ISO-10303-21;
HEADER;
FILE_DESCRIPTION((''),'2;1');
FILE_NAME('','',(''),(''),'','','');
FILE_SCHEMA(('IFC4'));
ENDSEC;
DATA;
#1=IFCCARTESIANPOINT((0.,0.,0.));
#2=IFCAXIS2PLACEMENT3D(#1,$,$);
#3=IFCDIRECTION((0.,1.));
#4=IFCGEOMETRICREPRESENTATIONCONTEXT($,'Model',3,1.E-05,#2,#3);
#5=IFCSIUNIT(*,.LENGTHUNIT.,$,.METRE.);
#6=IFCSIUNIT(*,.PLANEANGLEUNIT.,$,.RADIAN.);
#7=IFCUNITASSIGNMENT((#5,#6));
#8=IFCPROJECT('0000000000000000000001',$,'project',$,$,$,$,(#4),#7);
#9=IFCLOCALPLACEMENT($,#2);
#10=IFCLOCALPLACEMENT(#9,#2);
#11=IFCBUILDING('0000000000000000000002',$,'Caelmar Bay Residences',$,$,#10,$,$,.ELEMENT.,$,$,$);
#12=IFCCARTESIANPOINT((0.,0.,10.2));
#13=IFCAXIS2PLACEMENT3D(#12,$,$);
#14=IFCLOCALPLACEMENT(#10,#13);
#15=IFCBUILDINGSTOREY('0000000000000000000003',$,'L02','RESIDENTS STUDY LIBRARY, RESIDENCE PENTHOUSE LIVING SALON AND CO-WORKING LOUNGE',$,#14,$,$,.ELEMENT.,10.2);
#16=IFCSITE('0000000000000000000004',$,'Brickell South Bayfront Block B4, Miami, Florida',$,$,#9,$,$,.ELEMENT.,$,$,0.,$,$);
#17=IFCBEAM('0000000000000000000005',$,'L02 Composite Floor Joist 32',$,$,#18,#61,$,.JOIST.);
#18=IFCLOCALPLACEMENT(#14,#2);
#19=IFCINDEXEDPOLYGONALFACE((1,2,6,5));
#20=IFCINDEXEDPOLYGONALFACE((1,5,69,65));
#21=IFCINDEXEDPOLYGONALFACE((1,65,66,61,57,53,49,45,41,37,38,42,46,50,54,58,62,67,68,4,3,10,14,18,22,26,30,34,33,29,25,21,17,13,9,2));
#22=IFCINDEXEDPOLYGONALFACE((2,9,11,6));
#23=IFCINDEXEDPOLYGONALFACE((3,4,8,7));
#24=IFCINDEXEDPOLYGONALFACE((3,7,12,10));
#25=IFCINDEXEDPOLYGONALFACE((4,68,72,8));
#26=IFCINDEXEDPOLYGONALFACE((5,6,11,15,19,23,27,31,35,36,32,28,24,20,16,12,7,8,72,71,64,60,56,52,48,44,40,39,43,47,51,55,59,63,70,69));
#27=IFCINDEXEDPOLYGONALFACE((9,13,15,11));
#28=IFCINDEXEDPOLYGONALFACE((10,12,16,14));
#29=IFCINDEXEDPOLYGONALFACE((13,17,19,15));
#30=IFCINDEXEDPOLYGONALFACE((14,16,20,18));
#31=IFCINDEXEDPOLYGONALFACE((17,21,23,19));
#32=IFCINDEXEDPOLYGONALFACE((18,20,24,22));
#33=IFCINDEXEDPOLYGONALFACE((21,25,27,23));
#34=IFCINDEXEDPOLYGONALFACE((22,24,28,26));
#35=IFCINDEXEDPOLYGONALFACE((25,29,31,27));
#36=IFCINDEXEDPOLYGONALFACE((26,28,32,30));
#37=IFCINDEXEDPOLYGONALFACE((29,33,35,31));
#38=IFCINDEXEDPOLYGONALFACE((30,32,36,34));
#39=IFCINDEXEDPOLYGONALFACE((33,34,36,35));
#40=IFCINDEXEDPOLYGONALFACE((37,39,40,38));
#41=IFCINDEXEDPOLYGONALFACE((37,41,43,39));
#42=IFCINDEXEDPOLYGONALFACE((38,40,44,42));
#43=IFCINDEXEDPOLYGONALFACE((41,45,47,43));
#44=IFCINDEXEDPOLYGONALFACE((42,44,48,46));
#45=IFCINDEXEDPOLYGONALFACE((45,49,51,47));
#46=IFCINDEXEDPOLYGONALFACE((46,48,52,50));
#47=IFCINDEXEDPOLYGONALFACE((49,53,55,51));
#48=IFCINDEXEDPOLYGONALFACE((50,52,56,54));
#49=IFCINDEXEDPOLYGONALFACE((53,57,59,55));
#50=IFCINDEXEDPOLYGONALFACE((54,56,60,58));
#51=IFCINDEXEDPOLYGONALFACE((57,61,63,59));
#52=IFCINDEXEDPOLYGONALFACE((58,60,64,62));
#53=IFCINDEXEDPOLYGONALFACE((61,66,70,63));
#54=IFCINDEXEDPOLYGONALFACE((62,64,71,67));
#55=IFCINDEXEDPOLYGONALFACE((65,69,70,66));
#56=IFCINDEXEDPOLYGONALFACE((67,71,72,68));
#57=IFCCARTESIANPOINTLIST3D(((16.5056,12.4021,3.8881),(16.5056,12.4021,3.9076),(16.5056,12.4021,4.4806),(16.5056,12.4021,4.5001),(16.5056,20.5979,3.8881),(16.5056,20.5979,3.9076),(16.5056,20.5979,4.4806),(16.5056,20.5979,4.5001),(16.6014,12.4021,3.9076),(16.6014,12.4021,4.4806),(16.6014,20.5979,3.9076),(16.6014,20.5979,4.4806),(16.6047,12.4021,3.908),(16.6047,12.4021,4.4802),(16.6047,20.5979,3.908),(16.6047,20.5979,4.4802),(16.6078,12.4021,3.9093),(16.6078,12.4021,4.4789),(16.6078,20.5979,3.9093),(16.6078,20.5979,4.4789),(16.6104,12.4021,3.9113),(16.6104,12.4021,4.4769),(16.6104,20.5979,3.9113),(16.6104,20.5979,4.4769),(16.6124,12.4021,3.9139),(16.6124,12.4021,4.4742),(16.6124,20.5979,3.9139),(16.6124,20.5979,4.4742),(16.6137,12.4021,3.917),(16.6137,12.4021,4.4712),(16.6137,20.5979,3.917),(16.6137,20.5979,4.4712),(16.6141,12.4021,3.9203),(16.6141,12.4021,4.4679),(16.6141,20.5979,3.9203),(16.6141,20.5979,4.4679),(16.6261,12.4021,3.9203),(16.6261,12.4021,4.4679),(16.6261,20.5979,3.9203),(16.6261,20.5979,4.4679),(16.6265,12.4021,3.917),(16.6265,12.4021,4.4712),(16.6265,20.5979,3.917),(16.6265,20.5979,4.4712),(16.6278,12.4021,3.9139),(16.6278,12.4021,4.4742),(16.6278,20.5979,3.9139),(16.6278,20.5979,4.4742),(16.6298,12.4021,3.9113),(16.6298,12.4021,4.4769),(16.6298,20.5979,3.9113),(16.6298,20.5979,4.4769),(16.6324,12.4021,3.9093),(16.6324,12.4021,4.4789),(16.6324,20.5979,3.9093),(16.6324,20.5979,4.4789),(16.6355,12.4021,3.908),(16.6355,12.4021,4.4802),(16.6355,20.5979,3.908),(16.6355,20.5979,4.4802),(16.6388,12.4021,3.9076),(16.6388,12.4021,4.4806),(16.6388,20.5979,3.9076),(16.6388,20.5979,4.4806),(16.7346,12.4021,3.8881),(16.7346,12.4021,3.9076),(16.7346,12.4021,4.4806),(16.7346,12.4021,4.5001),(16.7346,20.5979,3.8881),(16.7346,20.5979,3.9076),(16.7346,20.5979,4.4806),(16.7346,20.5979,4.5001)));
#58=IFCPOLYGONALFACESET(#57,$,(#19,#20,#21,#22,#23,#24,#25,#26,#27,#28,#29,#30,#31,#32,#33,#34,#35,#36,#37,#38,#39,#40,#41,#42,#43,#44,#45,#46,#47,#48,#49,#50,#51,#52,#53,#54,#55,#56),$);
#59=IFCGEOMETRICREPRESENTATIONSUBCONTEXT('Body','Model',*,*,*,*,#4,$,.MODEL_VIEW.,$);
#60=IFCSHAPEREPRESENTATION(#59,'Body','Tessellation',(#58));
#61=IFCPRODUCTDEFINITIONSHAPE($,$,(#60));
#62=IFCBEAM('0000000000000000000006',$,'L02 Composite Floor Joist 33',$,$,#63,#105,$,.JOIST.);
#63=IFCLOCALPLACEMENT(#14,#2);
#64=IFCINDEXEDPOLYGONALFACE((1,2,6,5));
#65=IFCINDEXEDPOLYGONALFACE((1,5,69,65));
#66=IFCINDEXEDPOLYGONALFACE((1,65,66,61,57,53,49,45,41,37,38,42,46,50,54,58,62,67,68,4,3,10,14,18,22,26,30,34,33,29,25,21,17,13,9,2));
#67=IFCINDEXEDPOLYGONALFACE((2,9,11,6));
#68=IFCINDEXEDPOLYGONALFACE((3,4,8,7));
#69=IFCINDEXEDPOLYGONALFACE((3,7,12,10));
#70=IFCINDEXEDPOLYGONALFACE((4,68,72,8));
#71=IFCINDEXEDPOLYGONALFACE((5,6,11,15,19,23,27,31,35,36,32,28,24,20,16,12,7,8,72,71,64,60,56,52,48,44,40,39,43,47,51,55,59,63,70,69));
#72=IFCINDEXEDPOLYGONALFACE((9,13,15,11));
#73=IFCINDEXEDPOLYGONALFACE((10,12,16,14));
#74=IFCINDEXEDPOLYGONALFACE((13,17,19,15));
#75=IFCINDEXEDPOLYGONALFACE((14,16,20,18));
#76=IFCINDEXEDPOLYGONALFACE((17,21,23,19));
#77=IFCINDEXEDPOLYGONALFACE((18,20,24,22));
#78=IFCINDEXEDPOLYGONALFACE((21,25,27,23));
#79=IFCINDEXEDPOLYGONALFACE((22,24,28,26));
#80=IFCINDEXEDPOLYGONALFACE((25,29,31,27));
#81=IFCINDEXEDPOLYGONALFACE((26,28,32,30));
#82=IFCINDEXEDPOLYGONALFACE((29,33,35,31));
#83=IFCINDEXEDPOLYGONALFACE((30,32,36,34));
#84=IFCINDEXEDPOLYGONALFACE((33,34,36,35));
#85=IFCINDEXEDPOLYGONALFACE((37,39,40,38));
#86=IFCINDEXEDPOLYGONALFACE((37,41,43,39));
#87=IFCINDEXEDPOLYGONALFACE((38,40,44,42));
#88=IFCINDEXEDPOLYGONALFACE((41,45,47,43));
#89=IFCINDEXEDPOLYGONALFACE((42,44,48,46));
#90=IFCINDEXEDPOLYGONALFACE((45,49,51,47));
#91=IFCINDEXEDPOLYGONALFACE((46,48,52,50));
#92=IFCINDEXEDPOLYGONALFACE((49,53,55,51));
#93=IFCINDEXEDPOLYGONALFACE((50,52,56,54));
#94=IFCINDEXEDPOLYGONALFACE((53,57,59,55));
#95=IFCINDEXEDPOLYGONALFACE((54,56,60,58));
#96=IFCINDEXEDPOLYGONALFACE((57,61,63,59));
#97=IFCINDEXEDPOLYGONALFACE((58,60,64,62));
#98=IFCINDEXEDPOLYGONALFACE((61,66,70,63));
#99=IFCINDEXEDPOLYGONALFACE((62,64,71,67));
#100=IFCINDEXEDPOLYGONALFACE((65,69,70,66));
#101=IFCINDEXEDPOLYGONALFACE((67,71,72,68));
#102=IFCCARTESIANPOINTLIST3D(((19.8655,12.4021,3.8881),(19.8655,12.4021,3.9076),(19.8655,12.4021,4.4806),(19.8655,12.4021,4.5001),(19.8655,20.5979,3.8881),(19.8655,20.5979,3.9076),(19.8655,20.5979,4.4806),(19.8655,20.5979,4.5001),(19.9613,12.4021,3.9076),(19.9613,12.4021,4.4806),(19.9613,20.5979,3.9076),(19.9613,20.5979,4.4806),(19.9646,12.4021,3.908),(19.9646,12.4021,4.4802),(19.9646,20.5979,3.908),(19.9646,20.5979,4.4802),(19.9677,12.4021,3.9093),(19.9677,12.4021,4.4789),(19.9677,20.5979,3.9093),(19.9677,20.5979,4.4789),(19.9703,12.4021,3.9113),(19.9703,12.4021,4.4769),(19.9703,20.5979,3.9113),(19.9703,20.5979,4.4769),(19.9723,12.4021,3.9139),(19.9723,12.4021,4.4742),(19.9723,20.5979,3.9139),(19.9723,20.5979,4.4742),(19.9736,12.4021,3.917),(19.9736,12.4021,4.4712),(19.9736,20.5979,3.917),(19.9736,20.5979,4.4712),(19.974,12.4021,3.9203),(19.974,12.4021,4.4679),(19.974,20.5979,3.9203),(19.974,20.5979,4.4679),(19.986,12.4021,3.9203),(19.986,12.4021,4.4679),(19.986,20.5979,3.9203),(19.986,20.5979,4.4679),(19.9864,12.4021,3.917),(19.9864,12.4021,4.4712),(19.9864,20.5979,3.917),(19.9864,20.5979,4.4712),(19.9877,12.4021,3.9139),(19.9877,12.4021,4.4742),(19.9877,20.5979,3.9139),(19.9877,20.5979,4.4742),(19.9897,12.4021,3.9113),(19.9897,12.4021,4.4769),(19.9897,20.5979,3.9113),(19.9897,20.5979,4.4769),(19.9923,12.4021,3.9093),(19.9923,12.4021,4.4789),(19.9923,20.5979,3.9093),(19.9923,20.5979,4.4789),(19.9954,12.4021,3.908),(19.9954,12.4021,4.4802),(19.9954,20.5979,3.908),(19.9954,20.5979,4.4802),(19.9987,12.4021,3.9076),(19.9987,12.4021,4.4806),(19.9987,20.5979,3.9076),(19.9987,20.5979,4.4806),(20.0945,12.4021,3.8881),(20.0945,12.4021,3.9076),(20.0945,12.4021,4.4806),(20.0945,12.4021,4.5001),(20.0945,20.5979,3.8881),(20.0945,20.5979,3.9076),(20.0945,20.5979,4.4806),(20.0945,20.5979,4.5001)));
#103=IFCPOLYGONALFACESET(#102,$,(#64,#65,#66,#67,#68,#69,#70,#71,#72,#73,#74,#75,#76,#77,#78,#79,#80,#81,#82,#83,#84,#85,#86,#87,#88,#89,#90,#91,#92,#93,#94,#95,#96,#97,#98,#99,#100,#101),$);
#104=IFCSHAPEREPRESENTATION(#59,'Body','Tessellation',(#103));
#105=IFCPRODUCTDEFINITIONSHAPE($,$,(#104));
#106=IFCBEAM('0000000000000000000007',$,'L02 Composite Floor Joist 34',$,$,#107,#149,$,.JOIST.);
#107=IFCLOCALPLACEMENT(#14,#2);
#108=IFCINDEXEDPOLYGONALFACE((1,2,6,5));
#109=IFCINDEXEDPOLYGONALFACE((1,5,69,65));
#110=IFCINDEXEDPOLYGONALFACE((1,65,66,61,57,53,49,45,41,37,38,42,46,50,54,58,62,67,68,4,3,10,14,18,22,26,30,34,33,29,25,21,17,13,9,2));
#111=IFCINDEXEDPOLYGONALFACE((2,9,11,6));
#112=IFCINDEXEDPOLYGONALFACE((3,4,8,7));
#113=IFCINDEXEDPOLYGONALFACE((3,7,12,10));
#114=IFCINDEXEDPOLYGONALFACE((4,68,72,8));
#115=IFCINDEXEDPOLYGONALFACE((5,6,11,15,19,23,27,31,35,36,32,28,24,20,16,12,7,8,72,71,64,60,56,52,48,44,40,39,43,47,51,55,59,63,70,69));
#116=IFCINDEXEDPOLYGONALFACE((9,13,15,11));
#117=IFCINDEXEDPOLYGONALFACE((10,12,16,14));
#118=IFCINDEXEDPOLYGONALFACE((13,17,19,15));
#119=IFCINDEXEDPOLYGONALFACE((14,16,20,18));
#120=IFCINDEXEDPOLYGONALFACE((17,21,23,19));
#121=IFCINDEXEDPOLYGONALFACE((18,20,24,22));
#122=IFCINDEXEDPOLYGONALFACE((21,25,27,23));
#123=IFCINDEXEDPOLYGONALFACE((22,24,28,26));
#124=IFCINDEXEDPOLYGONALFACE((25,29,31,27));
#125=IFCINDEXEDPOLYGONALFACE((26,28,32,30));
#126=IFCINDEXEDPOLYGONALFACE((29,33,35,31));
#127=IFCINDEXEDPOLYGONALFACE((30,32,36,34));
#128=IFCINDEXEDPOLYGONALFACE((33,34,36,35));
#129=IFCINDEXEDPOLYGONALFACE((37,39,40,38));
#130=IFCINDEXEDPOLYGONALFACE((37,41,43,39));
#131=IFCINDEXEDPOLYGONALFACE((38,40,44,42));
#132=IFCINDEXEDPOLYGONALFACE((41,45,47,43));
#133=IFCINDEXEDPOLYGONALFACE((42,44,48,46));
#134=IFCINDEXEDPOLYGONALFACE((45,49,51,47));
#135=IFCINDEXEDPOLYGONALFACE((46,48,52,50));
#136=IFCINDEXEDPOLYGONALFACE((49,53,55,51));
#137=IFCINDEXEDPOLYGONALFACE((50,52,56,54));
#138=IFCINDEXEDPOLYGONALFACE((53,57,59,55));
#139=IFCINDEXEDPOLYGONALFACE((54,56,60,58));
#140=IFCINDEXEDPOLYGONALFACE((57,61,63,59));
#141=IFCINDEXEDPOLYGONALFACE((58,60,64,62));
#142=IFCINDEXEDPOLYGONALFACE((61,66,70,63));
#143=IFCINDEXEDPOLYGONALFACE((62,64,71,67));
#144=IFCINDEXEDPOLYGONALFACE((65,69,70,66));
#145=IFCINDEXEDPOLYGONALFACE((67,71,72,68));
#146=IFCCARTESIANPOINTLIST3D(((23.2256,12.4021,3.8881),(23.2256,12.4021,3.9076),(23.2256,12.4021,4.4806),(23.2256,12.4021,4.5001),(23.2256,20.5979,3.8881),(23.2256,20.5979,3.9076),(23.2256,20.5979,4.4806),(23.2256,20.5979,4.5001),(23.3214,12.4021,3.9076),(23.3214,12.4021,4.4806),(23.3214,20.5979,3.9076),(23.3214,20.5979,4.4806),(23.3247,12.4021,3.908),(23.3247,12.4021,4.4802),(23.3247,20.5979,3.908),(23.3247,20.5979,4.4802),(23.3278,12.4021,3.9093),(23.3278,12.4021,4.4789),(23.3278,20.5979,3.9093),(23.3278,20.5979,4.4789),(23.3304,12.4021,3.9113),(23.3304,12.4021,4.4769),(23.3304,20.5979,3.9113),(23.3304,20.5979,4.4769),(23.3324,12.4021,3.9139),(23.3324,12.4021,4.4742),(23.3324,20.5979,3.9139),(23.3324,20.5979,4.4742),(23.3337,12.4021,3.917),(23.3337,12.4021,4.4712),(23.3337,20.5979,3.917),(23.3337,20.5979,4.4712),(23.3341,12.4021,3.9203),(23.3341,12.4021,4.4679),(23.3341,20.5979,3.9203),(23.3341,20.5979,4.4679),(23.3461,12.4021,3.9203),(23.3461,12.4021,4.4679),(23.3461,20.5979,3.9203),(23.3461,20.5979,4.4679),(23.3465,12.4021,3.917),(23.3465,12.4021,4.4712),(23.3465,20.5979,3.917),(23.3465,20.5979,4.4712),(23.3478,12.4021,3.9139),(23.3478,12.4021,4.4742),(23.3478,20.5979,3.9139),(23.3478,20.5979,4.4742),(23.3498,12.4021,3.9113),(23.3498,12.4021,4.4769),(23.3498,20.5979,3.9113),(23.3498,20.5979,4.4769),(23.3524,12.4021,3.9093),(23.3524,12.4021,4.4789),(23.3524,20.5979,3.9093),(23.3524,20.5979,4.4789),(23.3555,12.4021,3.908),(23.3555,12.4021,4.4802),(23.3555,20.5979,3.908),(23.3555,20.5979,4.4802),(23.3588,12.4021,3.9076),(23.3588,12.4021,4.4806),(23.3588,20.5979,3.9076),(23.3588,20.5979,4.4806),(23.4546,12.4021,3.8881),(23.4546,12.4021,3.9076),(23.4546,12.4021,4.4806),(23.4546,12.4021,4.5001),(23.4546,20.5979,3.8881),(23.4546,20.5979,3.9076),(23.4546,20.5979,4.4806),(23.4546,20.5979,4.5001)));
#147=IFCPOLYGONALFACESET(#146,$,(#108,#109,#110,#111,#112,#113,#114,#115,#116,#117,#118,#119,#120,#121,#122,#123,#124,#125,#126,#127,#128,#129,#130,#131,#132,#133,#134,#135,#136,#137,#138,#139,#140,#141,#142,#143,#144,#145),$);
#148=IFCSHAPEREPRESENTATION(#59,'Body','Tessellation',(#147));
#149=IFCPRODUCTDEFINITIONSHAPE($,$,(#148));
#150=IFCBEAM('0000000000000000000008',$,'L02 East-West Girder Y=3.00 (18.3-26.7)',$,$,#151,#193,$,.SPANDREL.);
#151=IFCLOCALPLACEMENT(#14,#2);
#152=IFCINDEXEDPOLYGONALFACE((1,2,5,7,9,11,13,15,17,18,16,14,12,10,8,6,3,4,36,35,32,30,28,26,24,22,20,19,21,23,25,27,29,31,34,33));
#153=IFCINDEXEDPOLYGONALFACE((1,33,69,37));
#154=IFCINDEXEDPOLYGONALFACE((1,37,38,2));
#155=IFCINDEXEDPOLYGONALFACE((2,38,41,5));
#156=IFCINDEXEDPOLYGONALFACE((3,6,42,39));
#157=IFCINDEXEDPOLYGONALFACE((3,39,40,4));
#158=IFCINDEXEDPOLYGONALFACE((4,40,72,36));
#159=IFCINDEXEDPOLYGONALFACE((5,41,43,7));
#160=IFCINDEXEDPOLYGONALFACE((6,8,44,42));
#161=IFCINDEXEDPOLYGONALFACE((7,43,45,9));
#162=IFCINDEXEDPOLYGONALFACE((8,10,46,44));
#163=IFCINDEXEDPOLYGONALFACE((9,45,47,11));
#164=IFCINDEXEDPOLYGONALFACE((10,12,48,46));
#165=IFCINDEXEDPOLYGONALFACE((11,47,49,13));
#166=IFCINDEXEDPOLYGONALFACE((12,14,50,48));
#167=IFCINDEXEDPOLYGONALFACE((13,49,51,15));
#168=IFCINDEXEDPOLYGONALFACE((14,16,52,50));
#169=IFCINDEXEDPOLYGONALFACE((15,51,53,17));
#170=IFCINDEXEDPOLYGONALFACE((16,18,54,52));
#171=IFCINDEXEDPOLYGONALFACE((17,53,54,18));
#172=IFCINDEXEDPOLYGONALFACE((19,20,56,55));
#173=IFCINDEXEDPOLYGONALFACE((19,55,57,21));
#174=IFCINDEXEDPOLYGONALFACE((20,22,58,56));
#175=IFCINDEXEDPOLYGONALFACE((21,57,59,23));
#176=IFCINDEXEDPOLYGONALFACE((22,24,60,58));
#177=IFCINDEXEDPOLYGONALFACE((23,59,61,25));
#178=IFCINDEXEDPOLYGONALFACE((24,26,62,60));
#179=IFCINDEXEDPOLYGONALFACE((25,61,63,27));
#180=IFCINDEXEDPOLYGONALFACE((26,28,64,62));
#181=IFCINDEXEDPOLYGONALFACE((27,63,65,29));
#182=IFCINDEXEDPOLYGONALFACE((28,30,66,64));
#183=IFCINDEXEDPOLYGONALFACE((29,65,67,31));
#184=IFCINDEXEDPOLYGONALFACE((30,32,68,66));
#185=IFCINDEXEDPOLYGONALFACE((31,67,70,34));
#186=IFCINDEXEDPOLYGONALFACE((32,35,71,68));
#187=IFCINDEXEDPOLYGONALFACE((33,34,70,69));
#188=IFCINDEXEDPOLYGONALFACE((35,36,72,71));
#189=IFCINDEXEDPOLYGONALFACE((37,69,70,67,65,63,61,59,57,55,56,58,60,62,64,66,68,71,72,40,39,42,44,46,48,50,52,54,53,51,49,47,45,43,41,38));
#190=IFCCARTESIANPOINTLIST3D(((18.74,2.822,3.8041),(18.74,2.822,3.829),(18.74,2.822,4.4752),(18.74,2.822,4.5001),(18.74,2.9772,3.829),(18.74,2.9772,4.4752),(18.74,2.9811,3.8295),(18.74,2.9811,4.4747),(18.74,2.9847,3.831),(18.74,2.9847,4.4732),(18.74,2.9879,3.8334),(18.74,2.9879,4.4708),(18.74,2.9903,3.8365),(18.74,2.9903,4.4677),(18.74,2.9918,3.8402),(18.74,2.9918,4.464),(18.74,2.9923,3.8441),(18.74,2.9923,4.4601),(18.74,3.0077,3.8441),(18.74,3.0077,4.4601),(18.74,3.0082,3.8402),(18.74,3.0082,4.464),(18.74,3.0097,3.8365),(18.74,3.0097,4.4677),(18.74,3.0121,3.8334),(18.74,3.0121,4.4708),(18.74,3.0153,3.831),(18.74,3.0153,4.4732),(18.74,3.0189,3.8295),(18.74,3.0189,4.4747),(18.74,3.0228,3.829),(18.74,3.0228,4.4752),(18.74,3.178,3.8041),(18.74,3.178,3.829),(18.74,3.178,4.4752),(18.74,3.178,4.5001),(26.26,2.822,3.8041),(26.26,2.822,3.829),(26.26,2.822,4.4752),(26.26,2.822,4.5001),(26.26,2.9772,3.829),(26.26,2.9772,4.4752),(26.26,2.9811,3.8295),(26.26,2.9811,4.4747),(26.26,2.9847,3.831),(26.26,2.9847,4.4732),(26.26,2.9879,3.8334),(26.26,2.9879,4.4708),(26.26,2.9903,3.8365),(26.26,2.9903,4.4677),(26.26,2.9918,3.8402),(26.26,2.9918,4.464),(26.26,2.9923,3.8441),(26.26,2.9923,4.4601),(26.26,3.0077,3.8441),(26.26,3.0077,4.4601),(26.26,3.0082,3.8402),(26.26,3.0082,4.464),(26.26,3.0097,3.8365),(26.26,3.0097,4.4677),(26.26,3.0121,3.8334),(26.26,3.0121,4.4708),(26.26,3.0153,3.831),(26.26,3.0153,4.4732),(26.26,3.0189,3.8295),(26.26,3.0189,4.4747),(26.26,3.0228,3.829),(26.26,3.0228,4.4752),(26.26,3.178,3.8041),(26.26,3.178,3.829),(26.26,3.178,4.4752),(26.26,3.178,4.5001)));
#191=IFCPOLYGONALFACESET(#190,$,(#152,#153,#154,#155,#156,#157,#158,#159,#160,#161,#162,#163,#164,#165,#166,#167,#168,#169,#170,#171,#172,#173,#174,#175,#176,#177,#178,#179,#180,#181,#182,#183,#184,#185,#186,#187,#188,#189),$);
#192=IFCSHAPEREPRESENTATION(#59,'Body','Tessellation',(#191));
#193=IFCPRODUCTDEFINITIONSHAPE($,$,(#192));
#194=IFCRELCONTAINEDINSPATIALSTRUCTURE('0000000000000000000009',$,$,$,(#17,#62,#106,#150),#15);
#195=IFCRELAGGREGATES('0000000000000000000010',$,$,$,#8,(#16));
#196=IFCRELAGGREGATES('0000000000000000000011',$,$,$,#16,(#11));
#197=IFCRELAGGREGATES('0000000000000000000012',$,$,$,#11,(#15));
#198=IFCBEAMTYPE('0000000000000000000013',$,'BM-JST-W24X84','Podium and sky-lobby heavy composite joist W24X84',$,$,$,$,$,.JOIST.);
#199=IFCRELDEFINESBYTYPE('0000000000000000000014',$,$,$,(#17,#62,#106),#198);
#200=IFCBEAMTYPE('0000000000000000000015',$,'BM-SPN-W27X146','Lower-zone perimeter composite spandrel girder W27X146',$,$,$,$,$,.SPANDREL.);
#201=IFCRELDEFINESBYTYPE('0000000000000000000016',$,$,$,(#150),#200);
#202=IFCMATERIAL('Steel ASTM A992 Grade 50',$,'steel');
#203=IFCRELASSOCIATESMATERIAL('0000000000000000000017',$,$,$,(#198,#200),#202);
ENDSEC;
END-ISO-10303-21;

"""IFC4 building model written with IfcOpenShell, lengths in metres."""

from ifc_helpers import new_model, si_unit, direction, frame, origin, origin_2d, place, context, subcontext, project, spatial, i_section, extrude, material, material_profile, profile_set, type_object, element, save


model = new_model("IFC4")

# Units and contexts
model_context = context("Model", 3, precision=1e-05, world=origin(), true_north=direction((0.0, 1.0)))
body_context = subcontext(model_context, "Body", "Model", "MODEL_VIEW")
ifc_project = project(units=[si_unit("LENGTHUNIT", "METRE"), si_unit("PLANEANGLEUNIT", "RADIAN")], contexts=[model_context])

# Site, building, storey
site_placement = place(None, origin())
site = spatial("IfcSite", under=ifc_project, at=site_placement, Name="Brickell South Bayfront Block B4, Miami, Florida", CompositionType="ELEMENT", RefElevation=0.0)
building_placement = place(site_placement, origin())
building = spatial("IfcBuilding", under=site, at=building_placement, Name="Caelmar Bay Residences", CompositionType="ELEMENT")
storey_placement = place(building_placement, frame((0.0, 0.0, 10.2)))
storey = spatial("IfcBuildingStorey", under=building, at=storey_placement, Name="L02", Description="RESIDENTS STUDY LIBRARY, RESIDENCE PENTHOUSE LIVING SALON AND CO-WORKING LOUNGE", CompositionType="ELEMENT", Elevation=10.2)

# Beams
ifc_material_1 = material(Name="Steel ASTM A992 Grade 50", Category="steel")
ifc_material_profile_1 = material_profile(ifc_material_1, i_section(OverallWidth=0.229, OverallDepth=0.6121, WebThickness=0.012, FlangeThickness=0.0195, FilletRadius=0.0127, at=origin_2d()), Name="W24X84")
ifc_profile_set_1 = profile_set([ifc_material_profile_1], Name="Steel ASTM A992 Grade 50")
beam_type_1 = type_object("IfcBeamType", Name="BM-JST-W24X84", Description="Podium and sky-lobby heavy composite joist W24X84", PredefinedType="JOIST", material=ifc_profile_set_1)
for number, where, z_axis, x_axis, name in (
    (1, (16.6201, 12.4021, 4.1941), (0.0, 1.0, 0.0), (-1.0, 0.0, 0.0), "L02 Composite Floor Joist 32"),
    (2, (19.98, 12.4021, 4.1941), (0.0, 1.0, 0.0), (-1.0, 0.0, 0.0), "L02 Composite Floor Joist 33"),
    (3, (23.3401, 12.4021, 4.1941), (0.0, 1.0, 0.0), (-1.0, 0.0, 0.0), "L02 Composite Floor Joist 34"),
):
    element("IfcBeam", number, at=place(storey_placement, frame(where, z_axis=z_axis, x_axis=x_axis)), inside=storey, type_object=beam_type_1, Name=name, PredefinedType="JOIST", context=body_context, shape_type="SweptSolid", body=[
        extrude(i_section(OverallWidth=0.229, OverallDepth=0.6121, WebThickness=0.012, FlangeThickness=0.0195, FilletRadius=0.0127, at=origin_2d()), origin(), (0.0, 0.0, 1.0), 8.1958),
    ])
ifc_material_profile_2 = material_profile(ifc_material_1, i_section(OverallWidth=0.356, OverallDepth=0.696, WebThickness=0.0154, FlangeThickness=0.0249, FilletRadius=0.0151, at=origin_2d()), Name="W27X146")
ifc_profile_set_2 = profile_set([ifc_material_profile_2], Name="Steel ASTM A992 Grade 50")
beam_type_2 = type_object("IfcBeamType", Name="BM-SPN-W27X146", Description="Lower-zone perimeter composite spandrel girder W27X146", PredefinedType="SPANDREL", material=ifc_profile_set_2)
for number, where, z_axis, x_axis, name in (
    (4, (18.74, 3.0, 4.1521), (1.0, 0.0, 0.0), (0.0, 1.0, 0.0), "L02 East-West Girder Y=3.00 (18.3-26.7)"),
):
    element("IfcBeam", number, at=place(storey_placement, frame(where, z_axis=z_axis, x_axis=x_axis)), inside=storey, type_object=beam_type_2, Name=name, PredefinedType="SPANDREL", context=body_context, shape_type="SweptSolid", body=[
        extrude(i_section(OverallWidth=0.356, OverallDepth=0.696, WebThickness=0.0154, FlangeThickness=0.0249, FilletRadius=0.0151, at=origin_2d()), origin(), (0.0, 0.0, 1.0), 7.52),
    ])

save(model, "model.ifc")
